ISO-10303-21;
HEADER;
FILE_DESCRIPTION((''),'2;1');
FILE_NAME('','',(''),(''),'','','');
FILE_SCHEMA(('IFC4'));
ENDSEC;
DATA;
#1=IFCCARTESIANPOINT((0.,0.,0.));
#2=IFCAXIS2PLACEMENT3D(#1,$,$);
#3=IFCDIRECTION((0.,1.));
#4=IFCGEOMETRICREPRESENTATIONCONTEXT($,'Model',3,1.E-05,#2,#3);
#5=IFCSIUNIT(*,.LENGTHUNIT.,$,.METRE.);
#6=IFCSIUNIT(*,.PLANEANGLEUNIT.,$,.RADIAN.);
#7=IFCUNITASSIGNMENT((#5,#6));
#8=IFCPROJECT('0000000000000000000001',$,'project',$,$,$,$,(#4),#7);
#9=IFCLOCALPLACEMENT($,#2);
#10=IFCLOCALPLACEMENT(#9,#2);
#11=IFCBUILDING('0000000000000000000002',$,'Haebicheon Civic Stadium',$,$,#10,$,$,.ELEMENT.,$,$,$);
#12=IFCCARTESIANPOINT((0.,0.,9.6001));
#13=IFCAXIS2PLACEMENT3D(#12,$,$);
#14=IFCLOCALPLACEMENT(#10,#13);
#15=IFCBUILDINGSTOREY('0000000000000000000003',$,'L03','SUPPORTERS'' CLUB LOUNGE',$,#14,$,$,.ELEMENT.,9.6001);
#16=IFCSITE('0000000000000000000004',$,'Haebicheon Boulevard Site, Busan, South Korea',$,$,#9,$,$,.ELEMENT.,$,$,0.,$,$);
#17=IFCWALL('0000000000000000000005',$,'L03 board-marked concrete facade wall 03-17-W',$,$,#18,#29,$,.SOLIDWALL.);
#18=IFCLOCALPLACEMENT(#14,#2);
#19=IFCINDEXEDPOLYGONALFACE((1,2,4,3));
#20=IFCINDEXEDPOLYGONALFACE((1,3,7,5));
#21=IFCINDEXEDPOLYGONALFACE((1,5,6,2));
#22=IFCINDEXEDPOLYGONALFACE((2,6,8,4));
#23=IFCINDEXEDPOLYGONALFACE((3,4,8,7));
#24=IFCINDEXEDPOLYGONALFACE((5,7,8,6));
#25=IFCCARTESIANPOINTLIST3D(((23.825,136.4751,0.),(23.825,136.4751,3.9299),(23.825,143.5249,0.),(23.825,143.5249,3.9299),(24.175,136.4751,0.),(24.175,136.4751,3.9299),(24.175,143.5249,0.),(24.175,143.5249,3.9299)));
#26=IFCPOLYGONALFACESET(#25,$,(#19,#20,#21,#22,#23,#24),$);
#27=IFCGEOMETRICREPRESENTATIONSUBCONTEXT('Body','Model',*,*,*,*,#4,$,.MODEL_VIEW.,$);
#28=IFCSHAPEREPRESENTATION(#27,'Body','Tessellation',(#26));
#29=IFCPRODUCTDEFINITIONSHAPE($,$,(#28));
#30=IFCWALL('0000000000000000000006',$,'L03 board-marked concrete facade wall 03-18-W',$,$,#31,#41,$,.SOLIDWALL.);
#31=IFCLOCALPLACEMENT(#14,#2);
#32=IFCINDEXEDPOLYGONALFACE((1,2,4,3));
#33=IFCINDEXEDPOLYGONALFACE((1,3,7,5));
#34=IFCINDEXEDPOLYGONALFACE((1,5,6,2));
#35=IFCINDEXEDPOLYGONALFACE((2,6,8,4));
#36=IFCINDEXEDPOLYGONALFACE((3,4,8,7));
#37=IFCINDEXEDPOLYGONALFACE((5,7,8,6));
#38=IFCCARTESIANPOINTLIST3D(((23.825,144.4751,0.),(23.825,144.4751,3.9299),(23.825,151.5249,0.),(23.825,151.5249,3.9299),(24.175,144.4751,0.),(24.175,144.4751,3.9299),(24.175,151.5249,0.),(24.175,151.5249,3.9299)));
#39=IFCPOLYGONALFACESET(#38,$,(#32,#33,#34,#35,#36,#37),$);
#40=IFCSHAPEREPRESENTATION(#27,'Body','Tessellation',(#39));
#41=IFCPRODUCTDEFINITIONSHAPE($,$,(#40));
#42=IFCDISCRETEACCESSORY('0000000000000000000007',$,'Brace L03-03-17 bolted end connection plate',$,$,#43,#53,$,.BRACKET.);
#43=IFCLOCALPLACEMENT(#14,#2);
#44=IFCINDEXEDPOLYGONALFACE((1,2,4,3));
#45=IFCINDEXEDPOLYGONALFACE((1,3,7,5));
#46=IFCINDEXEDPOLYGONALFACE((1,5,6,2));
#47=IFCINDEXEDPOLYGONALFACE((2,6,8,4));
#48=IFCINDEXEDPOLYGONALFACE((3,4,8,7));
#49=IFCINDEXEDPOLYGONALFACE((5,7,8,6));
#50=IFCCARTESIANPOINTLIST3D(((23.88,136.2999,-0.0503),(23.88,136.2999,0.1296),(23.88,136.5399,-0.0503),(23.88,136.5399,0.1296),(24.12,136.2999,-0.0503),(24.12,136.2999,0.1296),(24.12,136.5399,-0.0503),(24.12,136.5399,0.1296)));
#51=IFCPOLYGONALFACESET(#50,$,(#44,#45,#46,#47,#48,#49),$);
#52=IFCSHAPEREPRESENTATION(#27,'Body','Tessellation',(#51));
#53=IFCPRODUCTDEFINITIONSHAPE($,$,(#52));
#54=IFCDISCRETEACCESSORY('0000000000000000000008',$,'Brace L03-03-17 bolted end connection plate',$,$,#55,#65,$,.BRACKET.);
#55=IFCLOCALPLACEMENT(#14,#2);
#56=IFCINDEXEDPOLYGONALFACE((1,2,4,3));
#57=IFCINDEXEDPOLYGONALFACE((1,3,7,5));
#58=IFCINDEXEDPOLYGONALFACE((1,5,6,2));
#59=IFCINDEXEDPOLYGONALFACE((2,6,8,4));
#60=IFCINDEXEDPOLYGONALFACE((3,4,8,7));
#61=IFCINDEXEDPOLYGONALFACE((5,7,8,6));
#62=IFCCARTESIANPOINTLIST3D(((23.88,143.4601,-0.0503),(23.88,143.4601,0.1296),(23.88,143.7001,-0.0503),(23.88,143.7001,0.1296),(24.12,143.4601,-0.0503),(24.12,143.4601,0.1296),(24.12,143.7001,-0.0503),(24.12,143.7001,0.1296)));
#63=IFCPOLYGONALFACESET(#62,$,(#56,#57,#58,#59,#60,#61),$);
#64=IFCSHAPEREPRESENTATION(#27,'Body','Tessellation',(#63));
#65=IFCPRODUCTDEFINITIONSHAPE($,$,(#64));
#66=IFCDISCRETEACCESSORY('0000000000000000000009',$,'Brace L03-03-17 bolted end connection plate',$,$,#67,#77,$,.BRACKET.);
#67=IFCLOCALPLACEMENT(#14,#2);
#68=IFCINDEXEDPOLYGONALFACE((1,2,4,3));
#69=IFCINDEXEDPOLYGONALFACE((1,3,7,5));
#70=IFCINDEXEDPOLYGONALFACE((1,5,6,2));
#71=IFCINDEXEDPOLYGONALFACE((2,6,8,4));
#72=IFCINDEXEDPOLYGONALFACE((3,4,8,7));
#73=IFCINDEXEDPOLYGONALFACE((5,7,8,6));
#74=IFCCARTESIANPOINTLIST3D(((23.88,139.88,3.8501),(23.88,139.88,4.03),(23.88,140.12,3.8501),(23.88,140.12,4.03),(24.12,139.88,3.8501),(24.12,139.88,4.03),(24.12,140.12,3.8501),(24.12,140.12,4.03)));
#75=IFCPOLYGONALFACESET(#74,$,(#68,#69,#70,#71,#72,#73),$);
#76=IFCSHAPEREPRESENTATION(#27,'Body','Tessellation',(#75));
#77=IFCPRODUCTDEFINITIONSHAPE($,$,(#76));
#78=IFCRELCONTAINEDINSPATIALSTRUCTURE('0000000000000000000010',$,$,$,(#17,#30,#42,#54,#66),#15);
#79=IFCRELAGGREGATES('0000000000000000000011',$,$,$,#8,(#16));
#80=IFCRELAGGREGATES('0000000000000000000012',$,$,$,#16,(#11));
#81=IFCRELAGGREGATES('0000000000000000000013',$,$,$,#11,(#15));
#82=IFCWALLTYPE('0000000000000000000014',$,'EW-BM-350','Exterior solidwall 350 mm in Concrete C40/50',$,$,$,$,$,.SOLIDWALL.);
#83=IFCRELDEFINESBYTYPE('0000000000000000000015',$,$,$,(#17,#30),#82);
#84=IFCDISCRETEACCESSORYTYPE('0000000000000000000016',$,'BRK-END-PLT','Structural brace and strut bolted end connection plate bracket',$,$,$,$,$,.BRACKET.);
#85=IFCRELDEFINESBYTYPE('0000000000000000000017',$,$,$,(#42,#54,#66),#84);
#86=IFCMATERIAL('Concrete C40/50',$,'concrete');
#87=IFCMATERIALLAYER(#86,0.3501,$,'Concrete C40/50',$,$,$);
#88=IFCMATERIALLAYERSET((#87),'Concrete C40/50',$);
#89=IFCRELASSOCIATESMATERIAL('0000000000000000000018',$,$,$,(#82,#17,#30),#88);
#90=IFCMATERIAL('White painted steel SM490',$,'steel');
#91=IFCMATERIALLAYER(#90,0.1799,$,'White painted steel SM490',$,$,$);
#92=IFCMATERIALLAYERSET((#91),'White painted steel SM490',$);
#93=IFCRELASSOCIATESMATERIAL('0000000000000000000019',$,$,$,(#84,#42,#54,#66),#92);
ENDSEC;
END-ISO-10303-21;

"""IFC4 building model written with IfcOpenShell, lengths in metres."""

from ifc_helpers import new_model, si_unit, direction, frame, frame_2d, origin, origin_2d, place, context, subcontext, project, spatial, rectangle, extrude, material, layer, layer_set, type_object, element, save


model = new_model("IFC4")

# Units and contexts
model_context = context("Model", 3, precision=1e-05, world=origin(), true_north=direction((0.0, 1.0)))
body_context = subcontext(model_context, "Body", "Model", "MODEL_VIEW")
ifc_project = project(units=[si_unit("LENGTHUNIT", "METRE"), si_unit("PLANEANGLEUNIT", "RADIAN")], contexts=[model_context])

# Site, building, storey
site_placement = place(None, origin())
site = spatial("IfcSite", under=ifc_project, at=site_placement, Name="Haebicheon Boulevard Site, Busan, South Korea", CompositionType="ELEMENT", RefElevation=0.0)
building_placement = place(site_placement, origin())
building = spatial("IfcBuilding", under=site, at=building_placement, Name="Haebicheon Civic Stadium", CompositionType="ELEMENT")
storey_placement = place(building_placement, frame((0.0, 0.0, 9.6001)))
storey = spatial("IfcBuildingStorey", under=building, at=storey_placement, Name="L03", Description="SUPPORTERS' CLUB LOUNGE", CompositionType="ELEMENT", Elevation=9.6001)

# Walls
ifc_material_1 = material(Name="Concrete C40/50", Category="concrete")
ifc_layer_1 = layer(ifc_material_1, 0.3501, Name="Concrete C40/50")
ifc_layer_set_1 = layer_set([ifc_layer_1], Name="Concrete C40/50")
wall_type = type_object("IfcWallType", Name="EW-BM-350", Description="Exterior solidwall 350 mm in Concrete C40/50", PredefinedType="SOLIDWALL", material=ifc_layer_set_1)
for number, where, z_axis, x_axis, name in (
    (1, (24.0, 136.4751, 0.0), (0.0, 0.0, 1.0), (0.0, 1.0, 0.0), "L03 board-marked concrete facade wall 03-17-W"),
    (2, (24.0, 144.4751, 0.0), (0.0, 0.0, 1.0), (0.0, 1.0, 0.0), "L03 board-marked concrete facade wall 03-18-W"),
):
    element("IfcWall", number, at=place(storey_placement, frame(where, z_axis=z_axis, x_axis=x_axis)), inside=storey, type_object=wall_type, material=ifc_layer_set_1, Name=name, PredefinedType="SOLIDWALL", context=body_context, shape_type="SweptSolid", body=[
        extrude(rectangle(XDim=7.0498, YDim=0.3501, at=frame_2d((3.5249, 0.0))), origin(), (0.0, 0.0, 1.0), 3.9299),
    ])

# Discrete accessories
ifc_material_2 = material(Name="White painted steel SM490", Category="steel")
ifc_layer_2 = layer(ifc_material_2, 0.1799, Name="White painted steel SM490")
ifc_layer_set_2 = layer_set([ifc_layer_2], Name="White painted steel SM490")
discrete_accessory_type = type_object("IfcDiscreteAccessoryType", Name="BRK-END-PLT", Description="Structural brace and strut bolted end connection plate bracket", PredefinedType="BRACKET", material=ifc_layer_set_2)
for number, where, z_axis, x_axis, name in (
    (3, (24.0, 136.4199, -0.0503), (0.0, 0.0, 1.0), (1.0, 0.0, 0.0), "Brace L03-03-17 bolted end connection plate"),
    (4, (24.0, 143.5801, -0.0503), (0.0, 0.0, 1.0), (1.0, 0.0, 0.0), "Brace L03-03-17 bolted end connection plate"),
    (5, (24.0, 140.0, 3.8501), (0.0, 0.0, 1.0), (1.0, 0.0, 0.0), "Brace L03-03-17 bolted end connection plate"),
):
    element("IfcDiscreteAccessory", number, at=place(storey_placement, frame(where, z_axis=z_axis, x_axis=x_axis)), inside=storey, type_object=discrete_accessory_type, material=ifc_layer_set_2, Name=name, PredefinedType="BRACKET", context=body_context, shape_type="SweptSolid", body=[
        extrude(rectangle(XDim=0.24, YDim=0.24, at=origin_2d()), origin(), (0.0, 0.0, 1.0), 0.1799),
    ])

save(model, "model.ifc")
